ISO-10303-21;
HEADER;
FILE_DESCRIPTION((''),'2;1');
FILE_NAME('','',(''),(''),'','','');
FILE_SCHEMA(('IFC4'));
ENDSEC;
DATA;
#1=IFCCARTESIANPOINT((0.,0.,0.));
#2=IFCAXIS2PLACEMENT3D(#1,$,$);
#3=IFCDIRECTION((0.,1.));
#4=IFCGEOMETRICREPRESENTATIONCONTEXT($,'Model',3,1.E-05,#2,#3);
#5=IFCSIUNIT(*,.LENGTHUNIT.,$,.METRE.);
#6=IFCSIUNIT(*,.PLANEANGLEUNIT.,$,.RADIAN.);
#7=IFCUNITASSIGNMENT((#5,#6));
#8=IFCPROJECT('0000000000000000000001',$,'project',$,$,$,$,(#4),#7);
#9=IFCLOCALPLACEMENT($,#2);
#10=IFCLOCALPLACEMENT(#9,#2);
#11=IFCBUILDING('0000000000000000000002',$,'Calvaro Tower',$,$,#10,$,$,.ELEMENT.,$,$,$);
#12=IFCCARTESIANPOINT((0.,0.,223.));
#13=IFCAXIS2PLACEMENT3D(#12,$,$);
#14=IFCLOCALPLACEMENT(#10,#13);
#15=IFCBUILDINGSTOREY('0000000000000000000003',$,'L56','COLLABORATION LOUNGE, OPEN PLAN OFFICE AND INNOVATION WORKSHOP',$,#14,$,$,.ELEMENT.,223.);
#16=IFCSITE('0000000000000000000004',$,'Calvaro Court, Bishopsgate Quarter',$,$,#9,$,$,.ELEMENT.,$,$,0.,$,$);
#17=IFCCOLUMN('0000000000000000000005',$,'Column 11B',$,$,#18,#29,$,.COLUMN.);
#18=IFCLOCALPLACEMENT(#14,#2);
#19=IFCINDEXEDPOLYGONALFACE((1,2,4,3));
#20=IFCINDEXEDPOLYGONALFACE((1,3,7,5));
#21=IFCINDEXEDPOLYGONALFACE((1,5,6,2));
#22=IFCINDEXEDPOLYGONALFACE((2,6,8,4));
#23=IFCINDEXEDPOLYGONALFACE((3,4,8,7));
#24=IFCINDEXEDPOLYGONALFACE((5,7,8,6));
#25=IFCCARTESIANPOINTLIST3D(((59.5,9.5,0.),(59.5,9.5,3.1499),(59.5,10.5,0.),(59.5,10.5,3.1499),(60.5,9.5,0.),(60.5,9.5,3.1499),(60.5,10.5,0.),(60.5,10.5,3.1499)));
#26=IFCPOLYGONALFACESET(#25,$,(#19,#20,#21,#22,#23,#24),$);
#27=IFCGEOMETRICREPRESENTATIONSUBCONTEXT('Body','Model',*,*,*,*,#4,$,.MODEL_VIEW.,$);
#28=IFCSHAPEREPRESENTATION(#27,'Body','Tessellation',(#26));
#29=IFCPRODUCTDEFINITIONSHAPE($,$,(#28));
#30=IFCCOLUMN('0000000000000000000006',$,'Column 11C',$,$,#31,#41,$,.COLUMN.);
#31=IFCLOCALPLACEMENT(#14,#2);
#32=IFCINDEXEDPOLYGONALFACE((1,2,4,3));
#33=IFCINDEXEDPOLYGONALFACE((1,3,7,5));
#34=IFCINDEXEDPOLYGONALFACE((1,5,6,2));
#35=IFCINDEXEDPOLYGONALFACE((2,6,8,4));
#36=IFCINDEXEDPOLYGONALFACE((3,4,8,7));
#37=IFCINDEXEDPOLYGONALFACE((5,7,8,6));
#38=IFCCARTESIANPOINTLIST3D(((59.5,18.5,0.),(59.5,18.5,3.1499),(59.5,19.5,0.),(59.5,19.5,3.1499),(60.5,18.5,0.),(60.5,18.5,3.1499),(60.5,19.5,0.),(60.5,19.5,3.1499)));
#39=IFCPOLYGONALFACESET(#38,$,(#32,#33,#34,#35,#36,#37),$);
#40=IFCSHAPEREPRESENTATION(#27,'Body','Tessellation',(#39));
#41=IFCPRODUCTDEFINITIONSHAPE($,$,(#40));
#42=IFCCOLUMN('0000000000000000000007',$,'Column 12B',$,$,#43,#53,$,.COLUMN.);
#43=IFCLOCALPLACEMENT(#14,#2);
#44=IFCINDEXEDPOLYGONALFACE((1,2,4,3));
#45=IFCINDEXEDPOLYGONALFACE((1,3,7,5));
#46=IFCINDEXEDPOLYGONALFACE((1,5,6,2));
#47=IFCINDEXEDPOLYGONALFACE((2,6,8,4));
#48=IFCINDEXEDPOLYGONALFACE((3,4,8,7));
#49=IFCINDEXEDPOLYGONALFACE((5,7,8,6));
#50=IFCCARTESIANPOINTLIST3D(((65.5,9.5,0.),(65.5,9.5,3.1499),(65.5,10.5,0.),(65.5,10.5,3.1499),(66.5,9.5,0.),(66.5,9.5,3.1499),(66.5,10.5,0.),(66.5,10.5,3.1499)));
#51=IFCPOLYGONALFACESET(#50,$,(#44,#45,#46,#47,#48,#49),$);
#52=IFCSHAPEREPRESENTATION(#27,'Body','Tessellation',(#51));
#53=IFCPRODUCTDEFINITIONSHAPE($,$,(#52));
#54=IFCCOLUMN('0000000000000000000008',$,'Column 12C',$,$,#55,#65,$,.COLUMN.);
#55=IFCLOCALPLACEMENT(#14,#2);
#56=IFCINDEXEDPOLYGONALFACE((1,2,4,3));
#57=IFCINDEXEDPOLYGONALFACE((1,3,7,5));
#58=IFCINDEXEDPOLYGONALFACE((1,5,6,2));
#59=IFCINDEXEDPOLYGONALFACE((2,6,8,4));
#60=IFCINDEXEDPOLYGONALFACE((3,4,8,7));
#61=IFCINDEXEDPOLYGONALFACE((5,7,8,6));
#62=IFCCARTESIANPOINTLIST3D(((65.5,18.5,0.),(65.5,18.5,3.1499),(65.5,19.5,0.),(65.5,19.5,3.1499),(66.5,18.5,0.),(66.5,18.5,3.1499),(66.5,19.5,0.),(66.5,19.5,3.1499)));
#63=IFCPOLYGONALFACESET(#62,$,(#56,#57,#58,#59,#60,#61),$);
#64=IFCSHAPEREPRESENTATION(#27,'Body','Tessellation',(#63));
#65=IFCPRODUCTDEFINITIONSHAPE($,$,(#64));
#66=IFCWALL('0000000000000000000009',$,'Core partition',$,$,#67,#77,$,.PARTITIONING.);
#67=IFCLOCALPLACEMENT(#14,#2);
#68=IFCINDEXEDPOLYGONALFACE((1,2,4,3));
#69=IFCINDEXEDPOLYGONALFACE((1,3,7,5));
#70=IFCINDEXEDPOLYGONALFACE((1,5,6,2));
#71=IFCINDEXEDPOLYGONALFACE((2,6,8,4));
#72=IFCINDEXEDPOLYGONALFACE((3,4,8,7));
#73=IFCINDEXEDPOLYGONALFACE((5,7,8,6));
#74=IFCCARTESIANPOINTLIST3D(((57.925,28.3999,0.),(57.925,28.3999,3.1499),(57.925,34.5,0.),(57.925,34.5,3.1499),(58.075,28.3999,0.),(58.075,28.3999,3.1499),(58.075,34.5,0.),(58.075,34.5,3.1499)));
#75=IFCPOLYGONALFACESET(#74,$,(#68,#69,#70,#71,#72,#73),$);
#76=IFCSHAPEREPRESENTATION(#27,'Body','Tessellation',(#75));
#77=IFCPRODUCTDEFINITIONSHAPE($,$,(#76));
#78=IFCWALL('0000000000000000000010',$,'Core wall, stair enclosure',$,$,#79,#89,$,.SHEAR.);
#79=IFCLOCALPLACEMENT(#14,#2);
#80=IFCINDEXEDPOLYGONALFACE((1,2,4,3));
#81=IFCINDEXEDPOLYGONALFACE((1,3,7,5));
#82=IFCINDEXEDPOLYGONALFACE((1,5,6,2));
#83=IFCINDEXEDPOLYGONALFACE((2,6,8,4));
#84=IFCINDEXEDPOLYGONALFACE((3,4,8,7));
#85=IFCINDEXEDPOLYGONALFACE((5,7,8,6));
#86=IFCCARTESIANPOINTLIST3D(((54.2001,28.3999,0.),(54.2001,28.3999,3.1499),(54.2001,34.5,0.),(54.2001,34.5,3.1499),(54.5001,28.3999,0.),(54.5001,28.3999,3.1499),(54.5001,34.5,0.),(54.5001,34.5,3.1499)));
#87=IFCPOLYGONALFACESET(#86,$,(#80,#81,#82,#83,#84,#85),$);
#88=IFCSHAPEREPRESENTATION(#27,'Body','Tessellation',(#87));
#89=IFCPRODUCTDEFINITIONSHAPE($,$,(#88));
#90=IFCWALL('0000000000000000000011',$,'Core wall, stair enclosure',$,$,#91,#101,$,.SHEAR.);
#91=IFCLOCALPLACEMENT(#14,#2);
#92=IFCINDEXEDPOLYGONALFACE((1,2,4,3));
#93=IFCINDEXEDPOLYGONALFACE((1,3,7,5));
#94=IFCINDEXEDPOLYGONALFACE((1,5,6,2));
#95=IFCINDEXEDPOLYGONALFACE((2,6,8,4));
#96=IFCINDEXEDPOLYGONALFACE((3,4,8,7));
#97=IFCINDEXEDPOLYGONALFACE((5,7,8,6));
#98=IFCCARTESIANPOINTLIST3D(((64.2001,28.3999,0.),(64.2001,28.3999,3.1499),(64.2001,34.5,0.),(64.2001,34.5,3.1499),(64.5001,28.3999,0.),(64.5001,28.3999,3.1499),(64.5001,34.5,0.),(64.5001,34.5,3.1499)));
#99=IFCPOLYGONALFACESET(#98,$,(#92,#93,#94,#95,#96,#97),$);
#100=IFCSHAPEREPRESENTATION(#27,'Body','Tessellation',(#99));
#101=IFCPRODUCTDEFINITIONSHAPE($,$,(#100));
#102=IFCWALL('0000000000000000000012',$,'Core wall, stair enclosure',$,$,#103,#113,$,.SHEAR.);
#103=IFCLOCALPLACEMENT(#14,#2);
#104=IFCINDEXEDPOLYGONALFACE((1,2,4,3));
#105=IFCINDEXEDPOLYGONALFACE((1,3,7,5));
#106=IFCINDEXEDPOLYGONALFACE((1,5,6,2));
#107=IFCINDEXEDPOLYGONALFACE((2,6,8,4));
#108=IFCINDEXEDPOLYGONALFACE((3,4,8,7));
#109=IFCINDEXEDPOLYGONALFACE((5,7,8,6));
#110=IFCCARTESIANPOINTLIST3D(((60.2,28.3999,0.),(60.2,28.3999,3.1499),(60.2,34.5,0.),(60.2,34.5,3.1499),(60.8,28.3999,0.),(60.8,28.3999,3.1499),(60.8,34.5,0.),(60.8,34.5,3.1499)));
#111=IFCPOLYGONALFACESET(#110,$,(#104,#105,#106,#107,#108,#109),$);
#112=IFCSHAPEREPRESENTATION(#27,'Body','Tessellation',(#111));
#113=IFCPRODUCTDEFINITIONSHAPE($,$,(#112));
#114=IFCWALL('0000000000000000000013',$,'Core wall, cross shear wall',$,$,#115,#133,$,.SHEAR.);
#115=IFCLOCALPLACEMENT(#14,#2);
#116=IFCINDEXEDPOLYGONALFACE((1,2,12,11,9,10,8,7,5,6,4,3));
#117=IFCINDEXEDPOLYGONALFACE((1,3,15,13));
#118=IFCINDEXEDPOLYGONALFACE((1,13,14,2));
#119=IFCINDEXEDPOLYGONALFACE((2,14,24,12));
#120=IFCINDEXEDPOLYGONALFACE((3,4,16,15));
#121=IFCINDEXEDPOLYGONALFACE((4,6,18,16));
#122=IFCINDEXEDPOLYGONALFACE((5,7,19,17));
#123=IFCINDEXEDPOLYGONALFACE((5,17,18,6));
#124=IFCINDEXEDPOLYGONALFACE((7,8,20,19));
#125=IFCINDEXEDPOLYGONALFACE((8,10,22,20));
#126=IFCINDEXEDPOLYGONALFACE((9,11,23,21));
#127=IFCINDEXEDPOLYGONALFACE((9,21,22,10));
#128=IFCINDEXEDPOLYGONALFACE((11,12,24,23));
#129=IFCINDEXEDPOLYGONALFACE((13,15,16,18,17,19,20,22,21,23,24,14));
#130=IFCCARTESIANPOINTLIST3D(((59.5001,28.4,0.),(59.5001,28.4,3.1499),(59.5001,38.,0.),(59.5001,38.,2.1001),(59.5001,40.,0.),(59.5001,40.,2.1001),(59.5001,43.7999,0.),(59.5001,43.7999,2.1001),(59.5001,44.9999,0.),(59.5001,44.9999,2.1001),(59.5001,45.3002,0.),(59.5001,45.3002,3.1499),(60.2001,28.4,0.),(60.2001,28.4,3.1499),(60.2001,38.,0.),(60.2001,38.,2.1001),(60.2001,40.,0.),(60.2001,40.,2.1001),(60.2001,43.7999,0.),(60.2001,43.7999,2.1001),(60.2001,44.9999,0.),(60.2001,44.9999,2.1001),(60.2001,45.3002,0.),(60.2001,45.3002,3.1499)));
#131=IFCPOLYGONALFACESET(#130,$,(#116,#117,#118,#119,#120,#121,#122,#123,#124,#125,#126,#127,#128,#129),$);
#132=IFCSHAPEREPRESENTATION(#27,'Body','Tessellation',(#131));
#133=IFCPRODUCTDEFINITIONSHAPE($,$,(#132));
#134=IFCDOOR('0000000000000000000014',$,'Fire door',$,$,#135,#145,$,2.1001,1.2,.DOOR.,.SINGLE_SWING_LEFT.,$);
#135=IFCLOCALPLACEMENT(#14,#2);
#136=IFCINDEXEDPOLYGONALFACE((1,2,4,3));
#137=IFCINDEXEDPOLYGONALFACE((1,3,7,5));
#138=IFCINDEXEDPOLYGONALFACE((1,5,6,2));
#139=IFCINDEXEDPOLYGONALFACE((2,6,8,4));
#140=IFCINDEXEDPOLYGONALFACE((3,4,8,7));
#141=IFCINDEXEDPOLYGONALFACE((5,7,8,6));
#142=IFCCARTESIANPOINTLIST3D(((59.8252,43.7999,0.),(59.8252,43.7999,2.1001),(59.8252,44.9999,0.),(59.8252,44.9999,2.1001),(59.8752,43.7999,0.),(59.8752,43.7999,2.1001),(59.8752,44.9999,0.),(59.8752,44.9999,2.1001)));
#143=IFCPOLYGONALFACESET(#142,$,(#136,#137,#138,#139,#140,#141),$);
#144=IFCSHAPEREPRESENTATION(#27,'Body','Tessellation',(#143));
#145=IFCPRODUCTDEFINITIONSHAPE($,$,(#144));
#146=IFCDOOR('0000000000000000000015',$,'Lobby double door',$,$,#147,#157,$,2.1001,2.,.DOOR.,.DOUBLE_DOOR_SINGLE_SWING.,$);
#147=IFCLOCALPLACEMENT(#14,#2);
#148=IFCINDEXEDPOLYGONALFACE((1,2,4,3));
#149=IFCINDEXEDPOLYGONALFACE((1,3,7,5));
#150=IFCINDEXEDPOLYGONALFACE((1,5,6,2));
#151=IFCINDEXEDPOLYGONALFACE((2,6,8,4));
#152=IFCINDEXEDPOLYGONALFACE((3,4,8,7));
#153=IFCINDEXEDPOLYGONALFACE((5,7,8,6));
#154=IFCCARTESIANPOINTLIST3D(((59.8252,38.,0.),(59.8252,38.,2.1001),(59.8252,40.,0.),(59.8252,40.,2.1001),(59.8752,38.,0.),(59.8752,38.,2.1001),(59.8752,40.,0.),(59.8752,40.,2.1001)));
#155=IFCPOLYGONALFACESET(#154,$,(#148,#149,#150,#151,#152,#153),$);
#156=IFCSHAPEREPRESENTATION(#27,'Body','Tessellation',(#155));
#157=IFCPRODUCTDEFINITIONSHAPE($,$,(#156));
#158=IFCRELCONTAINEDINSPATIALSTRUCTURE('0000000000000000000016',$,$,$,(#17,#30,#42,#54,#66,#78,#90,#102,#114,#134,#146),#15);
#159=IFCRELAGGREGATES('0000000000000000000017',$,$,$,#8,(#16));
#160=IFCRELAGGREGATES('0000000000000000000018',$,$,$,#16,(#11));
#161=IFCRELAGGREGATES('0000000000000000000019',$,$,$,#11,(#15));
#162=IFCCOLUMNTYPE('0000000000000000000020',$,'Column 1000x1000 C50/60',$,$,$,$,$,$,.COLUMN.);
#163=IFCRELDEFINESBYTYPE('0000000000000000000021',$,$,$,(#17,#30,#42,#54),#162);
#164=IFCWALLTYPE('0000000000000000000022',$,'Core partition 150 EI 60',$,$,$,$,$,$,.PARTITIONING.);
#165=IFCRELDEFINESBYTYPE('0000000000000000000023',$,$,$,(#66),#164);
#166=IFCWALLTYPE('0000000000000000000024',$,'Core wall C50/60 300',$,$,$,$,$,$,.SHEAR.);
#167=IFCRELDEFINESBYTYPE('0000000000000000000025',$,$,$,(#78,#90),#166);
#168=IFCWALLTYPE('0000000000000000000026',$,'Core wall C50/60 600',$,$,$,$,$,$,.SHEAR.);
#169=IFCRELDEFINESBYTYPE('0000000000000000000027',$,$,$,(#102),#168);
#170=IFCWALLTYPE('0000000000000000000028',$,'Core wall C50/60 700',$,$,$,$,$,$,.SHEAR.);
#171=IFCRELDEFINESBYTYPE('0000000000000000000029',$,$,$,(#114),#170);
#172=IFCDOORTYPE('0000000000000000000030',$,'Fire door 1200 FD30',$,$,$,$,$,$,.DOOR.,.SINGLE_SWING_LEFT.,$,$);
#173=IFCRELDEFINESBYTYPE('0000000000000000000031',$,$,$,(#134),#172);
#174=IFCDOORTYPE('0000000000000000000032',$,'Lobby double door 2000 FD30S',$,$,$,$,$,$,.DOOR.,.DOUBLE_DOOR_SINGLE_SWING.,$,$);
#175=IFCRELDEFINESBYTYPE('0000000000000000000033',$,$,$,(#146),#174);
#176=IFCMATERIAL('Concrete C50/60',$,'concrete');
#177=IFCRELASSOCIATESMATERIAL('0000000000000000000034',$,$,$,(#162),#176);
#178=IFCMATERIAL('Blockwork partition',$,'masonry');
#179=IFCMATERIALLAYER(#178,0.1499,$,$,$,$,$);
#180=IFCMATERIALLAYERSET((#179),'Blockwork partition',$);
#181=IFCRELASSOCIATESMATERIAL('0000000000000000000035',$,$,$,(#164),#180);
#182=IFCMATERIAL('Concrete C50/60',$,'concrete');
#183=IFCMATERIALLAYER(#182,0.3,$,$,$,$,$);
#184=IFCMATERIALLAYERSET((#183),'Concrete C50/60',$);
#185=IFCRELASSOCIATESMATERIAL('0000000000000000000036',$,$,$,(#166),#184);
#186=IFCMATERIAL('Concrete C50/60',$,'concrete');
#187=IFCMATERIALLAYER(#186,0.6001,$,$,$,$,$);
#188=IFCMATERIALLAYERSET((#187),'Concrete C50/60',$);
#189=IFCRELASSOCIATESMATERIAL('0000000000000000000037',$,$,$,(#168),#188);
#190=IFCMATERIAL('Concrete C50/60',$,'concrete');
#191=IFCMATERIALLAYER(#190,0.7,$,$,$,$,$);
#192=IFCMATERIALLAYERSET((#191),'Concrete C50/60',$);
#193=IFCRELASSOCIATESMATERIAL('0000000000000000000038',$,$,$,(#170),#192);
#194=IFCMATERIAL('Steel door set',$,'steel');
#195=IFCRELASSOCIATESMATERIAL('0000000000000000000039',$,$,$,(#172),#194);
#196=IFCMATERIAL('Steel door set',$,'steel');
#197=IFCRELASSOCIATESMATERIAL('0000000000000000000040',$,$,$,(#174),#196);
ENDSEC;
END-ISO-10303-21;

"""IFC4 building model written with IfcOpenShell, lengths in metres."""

from ifc_helpers import new_model, si_unit, direction, frame, frame_2d, origin, origin_2d, place, context, subcontext, project, spatial, rectangle, extrude, material, layer, layer_set, material_profile, profile_set, type_object, element, fill, save


model = new_model("IFC4")

# Units and contexts
model_context = context("Model", 3, precision=1e-05, world=origin(), true_north=direction((0.0, 1.0)))
body_context = subcontext(model_context, "Body", "Model", "MODEL_VIEW")
ifc_project = project(units=[si_unit("LENGTHUNIT", "METRE"), si_unit("PLANEANGLEUNIT", "RADIAN")], contexts=[model_context])

# Site, building, storey
site_placement = place(None, origin())
site = spatial("IfcSite", under=ifc_project, at=site_placement, Name="Calvaro Court, Bishopsgate Quarter", CompositionType="ELEMENT", RefElevation=0.0)
building_placement = place(site_placement, origin())
building = spatial("IfcBuilding", under=site, at=building_placement, Name="Calvaro Tower", CompositionType="ELEMENT")
storey_placement = place(building_placement, frame((0.0, 0.0, 223.0)))
storey = spatial("IfcBuildingStorey", under=building, at=storey_placement, Name="L56", Description="COLLABORATION LOUNGE, OPEN PLAN OFFICE AND INNOVATION WORKSHOP", CompositionType="ELEMENT", Elevation=223.0)

# Columns
ifc_material_1 = material(Name="Concrete C50/60", Category="concrete")
ifc_material_profile = material_profile(ifc_material_1, rectangle(XDim=1.0, YDim=1.0, at=origin_2d()), Name="RC 1000x1000")
ifc_profile_set = profile_set([ifc_material_profile], Name="Concrete C50/60")
column_type = type_object("IfcColumnType", Name="Column 1000x1000 C50/60", PredefinedType="COLUMN", material=ifc_profile_set)
for number, where, z_axis, x_axis, name in (
    (1, (60.0, 10.0, 0.0), (0.0, 0.0, 1.0), (1.0, 0.0, 0.0), "Column 11B"),
    (2, (60.0, 19.0, 0.0), (0.0, 0.0, 1.0), (1.0, 0.0, 0.0), "Column 11C"),
    (3, (66.0, 10.0, 0.0), (0.0, 0.0, 1.0), (1.0, 0.0, 0.0), "Column 12B"),
    (4, (66.0, 19.0, 0.0), (0.0, 0.0, 1.0), (1.0, 0.0, 0.0), "Column 12C"),
):
    element("IfcColumn", number, at=place(storey_placement, frame(where, z_axis=z_axis, x_axis=x_axis)), inside=storey, type_object=column_type, Name=name, PredefinedType="COLUMN", context=body_context, shape_type="SweptSolid", body=[
        extrude(rectangle(XDim=1.0, YDim=1.0, at=origin_2d()), origin(), (0.0, 0.0, 1.0), 3.1499),
    ])

# Walls
ifc_material_2 = material(Name="Blockwork partition", Category="masonry")
ifc_layer_1 = layer(ifc_material_2, 0.1499)
ifc_layer_set_1 = layer_set([ifc_layer_1], Name="Blockwork partition")
wall_type_1 = type_object("IfcWallType", Name="Core partition 150 EI 60", PredefinedType="PARTITIONING", material=ifc_layer_set_1)
wall_1_placement = place(storey_placement, frame((58.0, 28.3999, 0.0), z_axis=(0.0, 0.0, 1.0), x_axis=(0.0, 1.0, 0.0)))
element("IfcWall", 5, at=wall_1_placement, inside=storey, type_object=wall_type_1, Name="Core partition", PredefinedType="PARTITIONING", context=body_context, shape_type="SweptSolid", body=[
    extrude(rectangle(XDim=6.1001, YDim=0.1499, at=frame_2d((3.05, 0.0))), origin(), (0.0, 0.0, 1.0), 3.1499),
])
ifc_material_3 = material(Name="Concrete C50/60", Category="concrete")
ifc_layer_2 = layer(ifc_material_3, 0.3)
ifc_layer_set_2 = layer_set([ifc_layer_2], Name="Concrete C50/60")
wall_type_2 = type_object("IfcWallType", Name="Core wall C50/60 300", PredefinedType="SHEAR", material=ifc_layer_set_2)
for number, where, z_axis, x_axis, name in (
    (6, (54.3501, 28.3999, 0.0), (0.0, 0.0, 1.0), (0.0, 1.0, 0.0), "Core wall, stair enclosure"),
    (7, (64.3501, 28.3999, 0.0), (0.0, 0.0, 1.0), (0.0, 1.0, 0.0), "Core wall, stair enclosure"),
):
    element("IfcWall", number, at=place(storey_placement, frame(where, z_axis=z_axis, x_axis=x_axis)), inside=storey, type_object=wall_type_2, Name=name, PredefinedType="SHEAR", context=body_context, shape_type="SweptSolid", body=[
        extrude(rectangle(XDim=6.1001, YDim=0.3, at=frame_2d((3.05, 0.0))), origin(), (0.0, 0.0, 1.0), 3.1499),
    ])
ifc_material_4 = material(Name="Concrete C50/60", Category="concrete")
ifc_layer_3 = layer(ifc_material_4, 0.6001)
ifc_layer_set_3 = layer_set([ifc_layer_3], Name="Concrete C50/60")
wall_type_3 = type_object("IfcWallType", Name="Core wall C50/60 600", PredefinedType="SHEAR", material=ifc_layer_set_3)
wall_2_placement = place(storey_placement, frame((60.5, 28.3999, 0.0), z_axis=(0.0, 0.0, 1.0), x_axis=(0.0, 1.0, 0.0)))
element("IfcWall", 8, at=wall_2_placement, inside=storey, type_object=wall_type_3, Name="Core wall, stair enclosure", PredefinedType="SHEAR", context=body_context, shape_type="SweptSolid", body=[
    extrude(rectangle(XDim=6.1001, YDim=0.6001, at=frame_2d((3.05, 0.0))), origin(), (0.0, 0.0, 1.0), 3.1499),
])

# Wall, openings, doors
ifc_material_5 = material(Name="Concrete C50/60", Category="concrete")
ifc_layer_4 = layer(ifc_material_5, 0.7)
ifc_layer_set_4 = layer_set([ifc_layer_4], Name="Concrete C50/60")
wall_type_4 = type_object("IfcWallType", Name="Core wall C50/60 700", PredefinedType="SHEAR", material=ifc_layer_set_4)
wall_3_placement = place(storey_placement, frame((59.8501, 28.3999, 0.0), z_axis=(0.0, 0.0, 1.0), x_axis=(0.0, 1.0, 0.0)))
wall_3 = element("IfcWall", 9, at=wall_3_placement, inside=storey, type_object=wall_type_4, Name="Core wall, cross shear wall", PredefinedType="SHEAR", context=body_context, shape_type="SweptSolid", body=[
    extrude(rectangle(XDim=16.9001, YDim=0.7, at=frame_2d((8.4502, 0.0))), origin(), (0.0, 0.0, 1.0), 3.1499),
])
opening_1_placement = place(wall_3_placement, frame((9.6001, 0.0, 0.0)))
opening_1 = element("IfcOpeningElement", 10, at=opening_1_placement, cuts=wall_3, PredefinedType="OPENING", context=body_context, shape_type="SweptSolid", body=[
    extrude(rectangle(XDim=2.0, YDim=2.1001, at=frame_2d((1.0, 1.05))), frame((0.0, 0.3599, 0.0), z_axis=(0.0, -1.0, 0.0), x_axis=(1.0, 0.0, 0.0)), (0.0, 0.0, 1.0), 0.72),
])
opening_2_placement = place(wall_3_placement, frame((15.3999, 0.0, 0.0)))
opening_2 = element("IfcOpeningElement", 11, at=opening_2_placement, cuts=wall_3, PredefinedType="OPENING", context=body_context, shape_type="SweptSolid", body=[
    extrude(rectangle(XDim=1.2, YDim=2.1001, at=frame_2d((0.6001, 1.05))), frame((0.0, 0.3599, 0.0), z_axis=(0.0, -1.0, 0.0), x_axis=(1.0, 0.0, 0.0)), (0.0, 0.0, 1.0), 0.72),
])
ifc_material_6 = material(Name="Steel door set", Category="steel")
door_type_1 = type_object("IfcDoorType", Name="Fire door 1200 FD30", OperationType="SINGLE_SWING_LEFT", PredefinedType="DOOR", material=ifc_material_6)
door_1_placement = place(opening_2_placement, origin())
door_1 = element("IfcDoor", 12, at=door_1_placement, inside=storey, type_object=door_type_1, Name="Fire door", OperationType="SINGLE_SWING_LEFT", OverallHeight=2.1001, OverallWidth=1.2, PredefinedType="DOOR", context=body_context, shape_type="SweptSolid", body=[
    extrude(rectangle(XDim=1.2, YDim=2.1001, at=frame_2d((0.6001, 1.05))), frame((0.0, 0.0249, 0.0), z_axis=(0.0, -1.0, 0.0), x_axis=(1.0, 0.0, 0.0)), (0.0, 0.0, 1.0), 0.05),
])
fill(opening_2, door_1)
ifc_material_7 = material(Name="Steel door set", Category="steel")
door_type_2 = type_object("IfcDoorType", Name="Lobby double door 2000 FD30S", OperationType="DOUBLE_DOOR_SINGLE_SWING", PredefinedType="DOOR", material=ifc_material_7)
door_2_placement = place(opening_1_placement, origin())
door_2 = element("IfcDoor", 13, at=door_2_placement, inside=storey, type_object=door_type_2, Name="Lobby double door", OperationType="DOUBLE_DOOR_SINGLE_SWING", OverallHeight=2.1001, OverallWidth=2.0, PredefinedType="DOOR", context=body_context, shape_type="SweptSolid", body=[
    extrude(rectangle(XDim=2.0, YDim=2.1001, at=frame_2d((1.0, 1.05))), frame((0.0, 0.0249, 0.0), z_axis=(0.0, -1.0, 0.0), x_axis=(1.0, 0.0, 0.0)), (0.0, 0.0, 1.0), 0.05),
])
fill(opening_1, door_2)

save(model, "model.ifc")
